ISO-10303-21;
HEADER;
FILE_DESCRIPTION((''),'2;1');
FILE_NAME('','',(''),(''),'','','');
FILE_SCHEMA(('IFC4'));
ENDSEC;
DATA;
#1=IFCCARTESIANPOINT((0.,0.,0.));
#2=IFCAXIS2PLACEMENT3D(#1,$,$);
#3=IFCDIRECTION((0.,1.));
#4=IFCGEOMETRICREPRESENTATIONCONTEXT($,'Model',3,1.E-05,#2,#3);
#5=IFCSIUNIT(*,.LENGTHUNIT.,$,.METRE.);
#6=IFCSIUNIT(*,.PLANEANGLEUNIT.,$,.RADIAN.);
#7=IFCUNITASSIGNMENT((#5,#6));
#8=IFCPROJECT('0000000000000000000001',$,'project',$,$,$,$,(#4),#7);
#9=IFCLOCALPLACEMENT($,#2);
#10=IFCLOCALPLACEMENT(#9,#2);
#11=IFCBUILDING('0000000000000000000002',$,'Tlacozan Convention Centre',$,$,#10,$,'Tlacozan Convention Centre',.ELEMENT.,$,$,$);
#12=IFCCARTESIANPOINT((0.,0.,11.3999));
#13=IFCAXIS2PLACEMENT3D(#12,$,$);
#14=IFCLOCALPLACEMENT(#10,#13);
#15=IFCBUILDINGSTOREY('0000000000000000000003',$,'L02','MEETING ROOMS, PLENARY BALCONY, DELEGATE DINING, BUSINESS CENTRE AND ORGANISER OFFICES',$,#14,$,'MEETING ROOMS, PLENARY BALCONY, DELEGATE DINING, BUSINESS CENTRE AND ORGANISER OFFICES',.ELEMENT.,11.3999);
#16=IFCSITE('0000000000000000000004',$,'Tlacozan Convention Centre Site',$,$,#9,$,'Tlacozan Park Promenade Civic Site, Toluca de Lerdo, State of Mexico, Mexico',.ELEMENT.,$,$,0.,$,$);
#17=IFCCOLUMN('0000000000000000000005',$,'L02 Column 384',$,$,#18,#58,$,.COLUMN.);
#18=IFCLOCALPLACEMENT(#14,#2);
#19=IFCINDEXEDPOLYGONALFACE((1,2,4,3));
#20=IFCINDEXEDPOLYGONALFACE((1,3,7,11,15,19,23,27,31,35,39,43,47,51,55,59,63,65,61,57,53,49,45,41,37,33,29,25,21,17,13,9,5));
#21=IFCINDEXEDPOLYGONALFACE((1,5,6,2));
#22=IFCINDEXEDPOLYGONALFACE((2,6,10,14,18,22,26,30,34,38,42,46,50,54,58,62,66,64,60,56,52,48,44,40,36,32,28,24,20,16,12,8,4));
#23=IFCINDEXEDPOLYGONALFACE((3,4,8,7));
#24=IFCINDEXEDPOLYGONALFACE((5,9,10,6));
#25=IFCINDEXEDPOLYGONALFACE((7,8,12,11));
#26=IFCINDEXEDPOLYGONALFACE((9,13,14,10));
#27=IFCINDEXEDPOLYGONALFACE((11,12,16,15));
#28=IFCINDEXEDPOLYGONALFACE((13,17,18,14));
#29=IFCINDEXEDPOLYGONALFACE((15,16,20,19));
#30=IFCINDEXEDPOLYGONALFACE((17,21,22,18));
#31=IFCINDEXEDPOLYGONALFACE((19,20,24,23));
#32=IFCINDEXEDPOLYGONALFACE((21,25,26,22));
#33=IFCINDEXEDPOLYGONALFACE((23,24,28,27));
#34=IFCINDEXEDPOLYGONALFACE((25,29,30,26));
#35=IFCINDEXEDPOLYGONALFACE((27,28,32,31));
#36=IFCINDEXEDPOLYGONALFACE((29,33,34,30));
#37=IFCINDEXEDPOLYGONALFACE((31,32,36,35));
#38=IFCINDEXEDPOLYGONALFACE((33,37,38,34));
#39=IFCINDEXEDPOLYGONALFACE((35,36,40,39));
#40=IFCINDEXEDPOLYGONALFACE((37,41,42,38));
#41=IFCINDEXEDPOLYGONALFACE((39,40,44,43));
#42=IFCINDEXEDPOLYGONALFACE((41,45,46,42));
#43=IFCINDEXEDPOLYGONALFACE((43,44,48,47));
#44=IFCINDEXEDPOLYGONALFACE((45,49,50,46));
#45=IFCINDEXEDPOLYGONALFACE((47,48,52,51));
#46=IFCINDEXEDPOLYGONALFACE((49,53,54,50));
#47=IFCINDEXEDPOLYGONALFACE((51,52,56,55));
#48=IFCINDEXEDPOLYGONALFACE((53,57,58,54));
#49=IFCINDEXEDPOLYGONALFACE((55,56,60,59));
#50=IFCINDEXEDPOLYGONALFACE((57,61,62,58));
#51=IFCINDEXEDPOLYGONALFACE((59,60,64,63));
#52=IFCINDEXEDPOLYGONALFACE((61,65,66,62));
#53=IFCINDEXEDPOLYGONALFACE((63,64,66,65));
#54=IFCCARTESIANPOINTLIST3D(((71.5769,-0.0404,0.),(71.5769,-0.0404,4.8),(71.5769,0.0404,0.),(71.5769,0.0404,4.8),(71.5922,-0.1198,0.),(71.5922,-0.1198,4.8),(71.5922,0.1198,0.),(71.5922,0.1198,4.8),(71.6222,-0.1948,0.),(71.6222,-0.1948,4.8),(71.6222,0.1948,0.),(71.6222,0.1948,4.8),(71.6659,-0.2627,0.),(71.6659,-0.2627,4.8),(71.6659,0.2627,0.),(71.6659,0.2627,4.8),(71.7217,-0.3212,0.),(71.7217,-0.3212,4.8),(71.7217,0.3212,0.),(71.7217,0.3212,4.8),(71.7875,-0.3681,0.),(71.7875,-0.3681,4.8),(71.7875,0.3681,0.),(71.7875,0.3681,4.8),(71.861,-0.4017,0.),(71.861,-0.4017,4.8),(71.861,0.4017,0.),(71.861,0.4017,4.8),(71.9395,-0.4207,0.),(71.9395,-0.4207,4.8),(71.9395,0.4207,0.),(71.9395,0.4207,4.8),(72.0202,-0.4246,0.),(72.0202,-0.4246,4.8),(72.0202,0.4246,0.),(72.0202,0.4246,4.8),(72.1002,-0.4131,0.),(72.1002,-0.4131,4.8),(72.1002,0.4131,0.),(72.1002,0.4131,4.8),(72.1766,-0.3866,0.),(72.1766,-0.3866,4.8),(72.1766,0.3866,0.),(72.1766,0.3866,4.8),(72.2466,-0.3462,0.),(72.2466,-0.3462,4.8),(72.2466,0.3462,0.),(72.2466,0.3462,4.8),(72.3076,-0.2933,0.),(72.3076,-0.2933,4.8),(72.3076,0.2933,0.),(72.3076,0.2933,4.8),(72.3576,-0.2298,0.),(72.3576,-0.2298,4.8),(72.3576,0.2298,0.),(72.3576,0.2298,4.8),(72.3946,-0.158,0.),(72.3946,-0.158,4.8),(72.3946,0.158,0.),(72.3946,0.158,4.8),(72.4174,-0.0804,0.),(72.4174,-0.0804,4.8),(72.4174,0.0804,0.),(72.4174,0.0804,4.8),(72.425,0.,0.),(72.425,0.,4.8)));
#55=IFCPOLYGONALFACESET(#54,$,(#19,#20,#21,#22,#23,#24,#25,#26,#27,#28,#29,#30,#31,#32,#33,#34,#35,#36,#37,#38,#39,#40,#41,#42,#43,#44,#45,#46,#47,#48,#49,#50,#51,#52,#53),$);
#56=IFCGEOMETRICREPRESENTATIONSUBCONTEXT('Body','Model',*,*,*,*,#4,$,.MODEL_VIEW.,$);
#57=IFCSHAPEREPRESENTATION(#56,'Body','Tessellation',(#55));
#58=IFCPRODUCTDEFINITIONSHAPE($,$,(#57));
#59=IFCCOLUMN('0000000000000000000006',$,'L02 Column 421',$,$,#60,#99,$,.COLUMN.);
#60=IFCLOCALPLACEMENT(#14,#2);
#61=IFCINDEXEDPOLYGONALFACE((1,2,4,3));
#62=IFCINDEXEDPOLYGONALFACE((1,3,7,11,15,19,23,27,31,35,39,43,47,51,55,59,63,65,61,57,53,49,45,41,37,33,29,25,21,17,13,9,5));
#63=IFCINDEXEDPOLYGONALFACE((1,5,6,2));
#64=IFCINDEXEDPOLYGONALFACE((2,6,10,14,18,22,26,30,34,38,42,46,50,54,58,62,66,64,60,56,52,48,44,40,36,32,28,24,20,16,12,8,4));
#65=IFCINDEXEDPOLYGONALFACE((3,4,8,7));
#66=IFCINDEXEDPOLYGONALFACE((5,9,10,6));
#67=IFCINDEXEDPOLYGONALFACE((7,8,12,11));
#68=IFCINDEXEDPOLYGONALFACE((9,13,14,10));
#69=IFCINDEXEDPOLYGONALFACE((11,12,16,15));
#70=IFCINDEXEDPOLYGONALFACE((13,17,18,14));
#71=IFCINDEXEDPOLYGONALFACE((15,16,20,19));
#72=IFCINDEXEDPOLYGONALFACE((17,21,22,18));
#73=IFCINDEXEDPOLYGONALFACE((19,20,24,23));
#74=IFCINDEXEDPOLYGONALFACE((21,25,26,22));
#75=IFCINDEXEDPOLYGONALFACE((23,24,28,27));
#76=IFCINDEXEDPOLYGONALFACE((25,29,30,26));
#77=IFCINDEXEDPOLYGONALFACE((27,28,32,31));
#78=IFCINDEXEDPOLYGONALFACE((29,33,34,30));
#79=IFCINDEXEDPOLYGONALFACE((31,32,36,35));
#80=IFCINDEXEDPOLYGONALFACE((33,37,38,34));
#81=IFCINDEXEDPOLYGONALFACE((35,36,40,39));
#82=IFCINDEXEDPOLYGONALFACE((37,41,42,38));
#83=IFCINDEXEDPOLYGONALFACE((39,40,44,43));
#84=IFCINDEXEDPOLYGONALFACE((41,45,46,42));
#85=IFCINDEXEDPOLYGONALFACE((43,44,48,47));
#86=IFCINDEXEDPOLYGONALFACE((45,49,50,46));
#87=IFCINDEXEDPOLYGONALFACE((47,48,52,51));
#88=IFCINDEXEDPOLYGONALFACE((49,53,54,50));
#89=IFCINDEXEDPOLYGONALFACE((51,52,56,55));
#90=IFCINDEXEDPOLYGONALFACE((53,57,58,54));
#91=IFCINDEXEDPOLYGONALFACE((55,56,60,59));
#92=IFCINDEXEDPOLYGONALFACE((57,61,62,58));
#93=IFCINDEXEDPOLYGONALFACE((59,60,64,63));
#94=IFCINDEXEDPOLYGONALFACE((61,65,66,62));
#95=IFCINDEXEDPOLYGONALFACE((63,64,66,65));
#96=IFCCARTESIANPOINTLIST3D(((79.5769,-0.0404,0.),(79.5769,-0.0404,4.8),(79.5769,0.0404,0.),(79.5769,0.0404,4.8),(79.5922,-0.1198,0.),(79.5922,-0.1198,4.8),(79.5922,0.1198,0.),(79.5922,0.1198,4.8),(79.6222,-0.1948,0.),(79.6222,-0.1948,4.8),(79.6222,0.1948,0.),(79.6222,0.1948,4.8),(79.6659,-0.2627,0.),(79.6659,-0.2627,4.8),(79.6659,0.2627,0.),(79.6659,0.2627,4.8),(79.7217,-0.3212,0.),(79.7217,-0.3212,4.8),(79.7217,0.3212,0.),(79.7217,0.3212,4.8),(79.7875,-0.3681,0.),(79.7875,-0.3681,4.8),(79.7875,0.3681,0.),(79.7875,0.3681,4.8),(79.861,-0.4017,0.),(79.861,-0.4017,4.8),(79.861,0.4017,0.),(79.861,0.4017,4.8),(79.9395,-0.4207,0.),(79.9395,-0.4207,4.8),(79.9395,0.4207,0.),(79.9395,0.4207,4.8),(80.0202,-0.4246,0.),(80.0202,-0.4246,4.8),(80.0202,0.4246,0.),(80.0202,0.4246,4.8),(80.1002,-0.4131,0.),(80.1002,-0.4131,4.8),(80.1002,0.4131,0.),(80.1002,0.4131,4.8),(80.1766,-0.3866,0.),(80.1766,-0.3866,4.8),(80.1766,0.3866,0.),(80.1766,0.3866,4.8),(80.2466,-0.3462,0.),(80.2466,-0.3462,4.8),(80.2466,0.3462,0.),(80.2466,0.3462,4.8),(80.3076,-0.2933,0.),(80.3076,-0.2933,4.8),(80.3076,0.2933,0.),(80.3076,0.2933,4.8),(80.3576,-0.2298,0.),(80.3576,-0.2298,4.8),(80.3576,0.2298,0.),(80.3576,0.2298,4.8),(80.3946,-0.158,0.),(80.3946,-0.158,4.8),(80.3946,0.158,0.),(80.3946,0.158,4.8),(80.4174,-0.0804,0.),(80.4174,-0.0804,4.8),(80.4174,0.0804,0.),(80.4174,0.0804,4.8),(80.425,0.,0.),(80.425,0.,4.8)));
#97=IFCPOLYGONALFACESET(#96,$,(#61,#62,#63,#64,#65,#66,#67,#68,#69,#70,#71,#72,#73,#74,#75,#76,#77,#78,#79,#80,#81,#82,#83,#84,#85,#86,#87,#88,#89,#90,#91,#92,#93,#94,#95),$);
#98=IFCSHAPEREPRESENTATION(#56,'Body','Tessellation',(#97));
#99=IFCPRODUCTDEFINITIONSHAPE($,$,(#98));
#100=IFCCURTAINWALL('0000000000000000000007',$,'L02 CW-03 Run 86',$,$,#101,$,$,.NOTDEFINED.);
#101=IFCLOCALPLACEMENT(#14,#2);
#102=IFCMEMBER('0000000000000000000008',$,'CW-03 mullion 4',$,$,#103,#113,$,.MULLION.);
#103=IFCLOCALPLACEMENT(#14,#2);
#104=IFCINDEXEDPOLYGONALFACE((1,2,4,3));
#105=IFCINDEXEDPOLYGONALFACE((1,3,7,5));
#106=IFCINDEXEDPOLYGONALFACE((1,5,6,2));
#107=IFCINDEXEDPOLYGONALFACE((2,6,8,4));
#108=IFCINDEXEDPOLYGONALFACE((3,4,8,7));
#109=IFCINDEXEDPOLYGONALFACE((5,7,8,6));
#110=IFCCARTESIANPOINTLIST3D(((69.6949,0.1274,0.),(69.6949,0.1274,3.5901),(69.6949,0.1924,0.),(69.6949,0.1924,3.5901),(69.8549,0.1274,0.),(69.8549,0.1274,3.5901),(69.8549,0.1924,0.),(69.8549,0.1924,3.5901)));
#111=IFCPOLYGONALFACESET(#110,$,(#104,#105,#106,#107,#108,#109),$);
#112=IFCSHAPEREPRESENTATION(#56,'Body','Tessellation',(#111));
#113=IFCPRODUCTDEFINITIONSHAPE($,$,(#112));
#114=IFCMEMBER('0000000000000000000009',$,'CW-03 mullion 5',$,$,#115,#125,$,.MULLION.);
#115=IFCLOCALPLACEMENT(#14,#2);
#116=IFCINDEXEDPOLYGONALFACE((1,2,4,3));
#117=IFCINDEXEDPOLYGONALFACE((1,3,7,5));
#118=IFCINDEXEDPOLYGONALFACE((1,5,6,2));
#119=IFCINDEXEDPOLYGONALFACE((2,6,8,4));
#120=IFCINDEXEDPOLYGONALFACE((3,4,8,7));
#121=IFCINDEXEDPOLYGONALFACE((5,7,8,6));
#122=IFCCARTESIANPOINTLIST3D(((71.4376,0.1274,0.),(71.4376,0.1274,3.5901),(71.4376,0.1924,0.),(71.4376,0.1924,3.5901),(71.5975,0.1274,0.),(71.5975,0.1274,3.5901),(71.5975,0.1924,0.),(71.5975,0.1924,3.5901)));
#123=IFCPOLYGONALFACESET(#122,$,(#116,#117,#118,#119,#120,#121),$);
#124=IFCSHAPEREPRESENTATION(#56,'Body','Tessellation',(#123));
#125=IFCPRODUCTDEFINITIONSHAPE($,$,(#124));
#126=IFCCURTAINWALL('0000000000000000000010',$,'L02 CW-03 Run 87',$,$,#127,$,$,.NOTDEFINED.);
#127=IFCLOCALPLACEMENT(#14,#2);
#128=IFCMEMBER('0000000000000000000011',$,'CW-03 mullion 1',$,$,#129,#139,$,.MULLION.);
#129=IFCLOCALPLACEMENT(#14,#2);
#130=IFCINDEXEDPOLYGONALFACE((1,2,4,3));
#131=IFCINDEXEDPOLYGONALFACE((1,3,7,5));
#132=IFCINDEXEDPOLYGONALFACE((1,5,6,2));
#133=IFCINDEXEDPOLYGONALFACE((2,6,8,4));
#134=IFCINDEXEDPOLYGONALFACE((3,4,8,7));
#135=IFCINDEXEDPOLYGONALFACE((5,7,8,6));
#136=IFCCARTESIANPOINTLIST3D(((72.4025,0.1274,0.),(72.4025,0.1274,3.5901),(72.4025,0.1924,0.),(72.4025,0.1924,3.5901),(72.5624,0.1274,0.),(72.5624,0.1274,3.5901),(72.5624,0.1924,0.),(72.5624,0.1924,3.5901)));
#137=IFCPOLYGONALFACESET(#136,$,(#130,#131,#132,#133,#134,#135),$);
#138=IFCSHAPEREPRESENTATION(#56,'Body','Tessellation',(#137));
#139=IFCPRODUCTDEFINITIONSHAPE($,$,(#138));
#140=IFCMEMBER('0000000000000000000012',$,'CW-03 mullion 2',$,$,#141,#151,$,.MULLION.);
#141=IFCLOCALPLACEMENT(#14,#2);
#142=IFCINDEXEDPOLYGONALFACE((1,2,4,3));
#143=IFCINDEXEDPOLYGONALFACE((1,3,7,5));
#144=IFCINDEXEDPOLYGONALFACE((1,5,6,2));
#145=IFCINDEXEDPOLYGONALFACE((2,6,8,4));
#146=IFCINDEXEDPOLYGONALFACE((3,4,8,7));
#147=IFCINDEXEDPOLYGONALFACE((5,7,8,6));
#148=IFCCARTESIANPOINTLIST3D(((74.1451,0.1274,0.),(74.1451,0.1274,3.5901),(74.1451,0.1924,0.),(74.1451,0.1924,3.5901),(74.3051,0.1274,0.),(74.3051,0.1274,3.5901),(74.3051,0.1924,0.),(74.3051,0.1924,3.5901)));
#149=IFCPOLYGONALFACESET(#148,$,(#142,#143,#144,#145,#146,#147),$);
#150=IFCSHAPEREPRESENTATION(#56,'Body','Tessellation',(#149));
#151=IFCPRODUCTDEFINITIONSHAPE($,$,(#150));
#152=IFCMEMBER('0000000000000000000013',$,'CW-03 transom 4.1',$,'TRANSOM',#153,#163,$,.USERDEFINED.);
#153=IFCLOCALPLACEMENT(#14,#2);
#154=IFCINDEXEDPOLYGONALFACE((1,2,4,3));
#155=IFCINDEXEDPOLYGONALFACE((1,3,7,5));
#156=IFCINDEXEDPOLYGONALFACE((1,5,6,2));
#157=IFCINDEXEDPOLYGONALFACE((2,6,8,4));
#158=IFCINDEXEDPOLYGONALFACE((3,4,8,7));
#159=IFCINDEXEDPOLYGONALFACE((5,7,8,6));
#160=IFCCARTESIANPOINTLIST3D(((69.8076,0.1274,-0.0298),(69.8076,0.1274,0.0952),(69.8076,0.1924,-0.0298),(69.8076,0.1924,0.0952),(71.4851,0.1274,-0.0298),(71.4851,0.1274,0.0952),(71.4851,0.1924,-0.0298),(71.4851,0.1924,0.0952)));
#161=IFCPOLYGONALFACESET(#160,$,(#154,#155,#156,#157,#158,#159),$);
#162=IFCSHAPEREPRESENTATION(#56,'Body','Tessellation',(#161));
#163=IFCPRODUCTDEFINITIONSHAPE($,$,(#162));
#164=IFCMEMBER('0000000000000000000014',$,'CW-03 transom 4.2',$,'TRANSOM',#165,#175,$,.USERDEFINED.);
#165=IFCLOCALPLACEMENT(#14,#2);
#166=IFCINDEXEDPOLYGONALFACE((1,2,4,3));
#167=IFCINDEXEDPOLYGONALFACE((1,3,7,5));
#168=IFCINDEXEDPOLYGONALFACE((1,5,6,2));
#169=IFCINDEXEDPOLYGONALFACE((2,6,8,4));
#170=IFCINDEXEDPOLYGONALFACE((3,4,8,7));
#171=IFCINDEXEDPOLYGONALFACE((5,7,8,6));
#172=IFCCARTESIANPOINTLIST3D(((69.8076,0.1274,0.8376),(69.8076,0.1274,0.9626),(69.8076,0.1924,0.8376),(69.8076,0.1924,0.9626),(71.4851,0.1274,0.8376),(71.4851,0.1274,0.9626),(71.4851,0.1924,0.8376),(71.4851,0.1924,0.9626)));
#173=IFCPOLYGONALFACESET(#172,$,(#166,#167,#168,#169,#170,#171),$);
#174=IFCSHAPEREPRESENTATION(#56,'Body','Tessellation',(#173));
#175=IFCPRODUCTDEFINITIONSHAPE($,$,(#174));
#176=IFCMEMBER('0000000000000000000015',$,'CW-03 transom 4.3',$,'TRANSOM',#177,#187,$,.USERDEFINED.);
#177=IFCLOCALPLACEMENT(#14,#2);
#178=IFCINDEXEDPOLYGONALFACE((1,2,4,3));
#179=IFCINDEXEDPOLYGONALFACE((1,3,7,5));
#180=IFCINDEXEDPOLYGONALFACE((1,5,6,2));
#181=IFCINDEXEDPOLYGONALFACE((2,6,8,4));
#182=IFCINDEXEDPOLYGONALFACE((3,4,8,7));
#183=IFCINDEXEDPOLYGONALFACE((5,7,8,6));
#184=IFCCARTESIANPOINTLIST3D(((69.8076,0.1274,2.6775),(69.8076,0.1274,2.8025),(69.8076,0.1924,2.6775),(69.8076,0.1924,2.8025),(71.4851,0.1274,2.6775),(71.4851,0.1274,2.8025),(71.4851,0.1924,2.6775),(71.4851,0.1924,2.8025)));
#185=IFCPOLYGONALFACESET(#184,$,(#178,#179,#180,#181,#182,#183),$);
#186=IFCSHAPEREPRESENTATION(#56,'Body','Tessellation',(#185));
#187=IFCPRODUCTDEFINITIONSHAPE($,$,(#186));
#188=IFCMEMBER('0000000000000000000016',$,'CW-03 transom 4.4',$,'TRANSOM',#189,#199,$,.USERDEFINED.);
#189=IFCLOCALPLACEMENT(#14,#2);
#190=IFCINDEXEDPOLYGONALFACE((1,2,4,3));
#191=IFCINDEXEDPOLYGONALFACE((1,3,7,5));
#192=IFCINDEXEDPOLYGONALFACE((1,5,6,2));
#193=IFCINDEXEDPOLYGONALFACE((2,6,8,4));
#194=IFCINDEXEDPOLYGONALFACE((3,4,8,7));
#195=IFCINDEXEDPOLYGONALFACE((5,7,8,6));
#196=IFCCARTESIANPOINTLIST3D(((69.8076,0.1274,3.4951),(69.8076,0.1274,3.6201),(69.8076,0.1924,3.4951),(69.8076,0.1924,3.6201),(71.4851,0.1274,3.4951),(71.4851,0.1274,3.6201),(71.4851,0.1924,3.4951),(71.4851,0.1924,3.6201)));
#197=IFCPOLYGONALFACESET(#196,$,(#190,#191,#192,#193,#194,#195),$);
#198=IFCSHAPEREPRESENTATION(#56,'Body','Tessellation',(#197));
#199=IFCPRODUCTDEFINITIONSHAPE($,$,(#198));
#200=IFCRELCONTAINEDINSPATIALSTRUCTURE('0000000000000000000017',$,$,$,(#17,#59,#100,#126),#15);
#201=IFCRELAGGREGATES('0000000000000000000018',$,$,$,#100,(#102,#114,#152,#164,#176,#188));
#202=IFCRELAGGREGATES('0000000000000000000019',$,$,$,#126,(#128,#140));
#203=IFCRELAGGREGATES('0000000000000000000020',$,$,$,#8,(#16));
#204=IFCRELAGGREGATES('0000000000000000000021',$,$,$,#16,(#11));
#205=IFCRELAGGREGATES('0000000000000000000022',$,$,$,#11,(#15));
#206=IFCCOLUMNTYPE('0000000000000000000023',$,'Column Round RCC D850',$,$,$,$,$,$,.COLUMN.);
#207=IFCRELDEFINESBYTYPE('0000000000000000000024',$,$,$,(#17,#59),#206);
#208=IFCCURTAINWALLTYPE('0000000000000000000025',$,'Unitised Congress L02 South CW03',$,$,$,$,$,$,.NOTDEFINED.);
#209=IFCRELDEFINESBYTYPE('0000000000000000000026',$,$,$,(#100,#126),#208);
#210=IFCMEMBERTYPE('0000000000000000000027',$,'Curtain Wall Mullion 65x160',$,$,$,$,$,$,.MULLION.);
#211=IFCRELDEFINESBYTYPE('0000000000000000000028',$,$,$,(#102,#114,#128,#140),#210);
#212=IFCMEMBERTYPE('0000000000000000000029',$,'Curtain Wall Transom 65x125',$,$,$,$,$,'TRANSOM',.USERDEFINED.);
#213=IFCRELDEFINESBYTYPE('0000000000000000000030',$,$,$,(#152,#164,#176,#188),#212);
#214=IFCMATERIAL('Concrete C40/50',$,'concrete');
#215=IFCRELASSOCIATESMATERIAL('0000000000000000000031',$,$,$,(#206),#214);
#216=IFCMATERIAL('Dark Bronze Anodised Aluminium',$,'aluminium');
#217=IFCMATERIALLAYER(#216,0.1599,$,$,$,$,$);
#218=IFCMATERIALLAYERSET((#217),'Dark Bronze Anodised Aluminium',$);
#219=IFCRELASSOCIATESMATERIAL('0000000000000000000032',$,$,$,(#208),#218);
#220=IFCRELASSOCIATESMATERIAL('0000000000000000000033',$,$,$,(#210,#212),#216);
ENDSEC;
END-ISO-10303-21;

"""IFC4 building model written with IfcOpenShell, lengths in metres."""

from ifc_helpers import new_model, si_unit, direction, frame, origin, origin_2d, place, context, subcontext, project, spatial, rectangle, circle, extrude, material, layer, layer_set, material_profile, profile_set, type_object, element, aggregate, save


model = new_model("IFC4")

# Units and contexts
model_context = context("Model", 3, precision=1e-05, world=origin(), true_north=direction((0.0, 1.0)))
body_context = subcontext(model_context, "Body", "Model", "MODEL_VIEW")
ifc_project = project(units=[si_unit("LENGTHUNIT", "METRE"), si_unit("PLANEANGLEUNIT", "RADIAN")], contexts=[model_context])

# Site, building, storey
site_placement = place(None, origin())
site = spatial("IfcSite", under=ifc_project, at=site_placement, Name="Tlacozan Convention Centre Site", LongName="Tlacozan Park Promenade Civic Site, Toluca de Lerdo, State of Mexico, Mexico", CompositionType="ELEMENT", RefElevation=0.0)
building_placement = place(site_placement, origin())
building = spatial("IfcBuilding", under=site, at=building_placement, Name="Tlacozan Convention Centre", LongName="Tlacozan Convention Centre", CompositionType="ELEMENT")
storey_placement = place(building_placement, frame((0.0, 0.0, 11.3999)))
storey = spatial("IfcBuildingStorey", under=building, at=storey_placement, Name="L02", Description="MEETING ROOMS, PLENARY BALCONY, DELEGATE DINING, BUSINESS CENTRE AND ORGANISER OFFICES", LongName="MEETING ROOMS, PLENARY BALCONY, DELEGATE DINING, BUSINESS CENTRE AND ORGANISER OFFICES", CompositionType="ELEMENT", Elevation=11.3999)

# Columns
ifc_material_1 = material(Name="Concrete C40/50", Category="concrete")
ifc_material_profile_1 = material_profile(ifc_material_1, circle(Radius=0.425, at=origin_2d()), Name="RCC D850")
ifc_profile_set_1 = profile_set([ifc_material_profile_1], Name="Concrete C40/50")
column_type = type_object("IfcColumnType", Name="Column Round RCC D850", PredefinedType="COLUMN", material=ifc_profile_set_1)
for number, where, z_axis, x_axis, name in (
    (1, (72.0, 0.0, 0.0), (0.0, 0.0, 1.0), (1.0, 0.0, 0.0), "L02 Column 384"),
    (2, (80.0, 0.0, 0.0), (0.0, 0.0, 1.0), (1.0, 0.0, 0.0), "L02 Column 421"),
):
    element("IfcColumn", number, at=place(storey_placement, frame(where, z_axis=z_axis, x_axis=x_axis)), inside=storey, type_object=column_type, Name=name, PredefinedType="COLUMN", context=body_context, shape_type="SweptSolid", body=[
        extrude(circle(Radius=0.425, at=origin_2d()), origin(), (0.0, 0.0, 1.0), 4.8),
    ])

# Curtain walls, members
ifc_material_2 = material(Name="Dark Bronze Anodised Aluminium", Category="aluminium")
ifc_layer_1 = layer(ifc_material_2, 0.1599)
ifc_layer_set_1 = layer_set([ifc_layer_1], Name="Dark Bronze Anodised Aluminium")
curtain_wall_type = type_object("IfcCurtainWallType", Name="Unitised Congress L02 South CW03", PredefinedType="NOTDEFINED", material=ifc_layer_set_1)
curtain_wall_1_placement = place(storey_placement, origin())
curtain_wall_1 = element("IfcCurtainWall", 3, at=curtain_wall_1_placement, inside=storey, type_object=curtain_wall_type, Name="L02 CW-03 Run 86", PredefinedType="NOTDEFINED")
ifc_material_profile_2 = material_profile(ifc_material_2, rectangle(XDim=0.0649, YDim=0.1599, at=origin_2d()), Name="ALU 65x160")
ifc_profile_set_2 = profile_set([ifc_material_profile_2], Name="Dark Bronze Anodised Aluminium")
member_type_1 = type_object("IfcMemberType", Name="Curtain Wall Mullion 65x160", PredefinedType="MULLION", material=ifc_profile_set_2)
member_1_placement = place(storey_placement, frame((69.7749, 0.1599, 0.0), z_axis=(0.0, 0.0, 1.0), x_axis=(0.0, 1.0, 0.0)))
member_1 = element("IfcMember", 4, at=member_1_placement, type_object=member_type_1, Name="CW-03 mullion 4", PredefinedType="MULLION", context=body_context, shape_type="SweptSolid", body=[
    extrude(rectangle(XDim=0.0649, YDim=0.1599, at=origin_2d()), origin(), (0.0, 0.0, 1.0), 3.5901),
])
member_2_placement = place(storey_placement, frame((71.5176, 0.1599, 0.0), z_axis=(0.0, 0.0, 1.0), x_axis=(0.0, 1.0, 0.0)))
member_2 = element("IfcMember", 5, at=member_2_placement, type_object=member_type_1, Name="CW-03 mullion 5", PredefinedType="MULLION", context=body_context, shape_type="SweptSolid", body=[
    extrude(rectangle(XDim=0.0649, YDim=0.1599, at=origin_2d()), origin(), (0.0, 0.0, 1.0), 3.5901),
])
curtain_wall_2_placement = place(storey_placement, origin())
curtain_wall_2 = element("IfcCurtainWall", 6, at=curtain_wall_2_placement, inside=storey, type_object=curtain_wall_type, Name="L02 CW-03 Run 87", PredefinedType="NOTDEFINED")
member_3_placement = place(storey_placement, frame((72.4824, 0.1599, 0.0), z_axis=(0.0, 0.0, 1.0), x_axis=(0.0, 1.0, 0.0)))
member_3 = element("IfcMember", 7, at=member_3_placement, type_object=member_type_1, Name="CW-03 mullion 1", PredefinedType="MULLION", context=body_context, shape_type="SweptSolid", body=[
    extrude(rectangle(XDim=0.0649, YDim=0.1599, at=origin_2d()), origin(), (0.0, 0.0, 1.0), 3.5901),
])
member_4_placement = place(storey_placement, frame((74.2251, 0.1599, 0.0), z_axis=(0.0, 0.0, 1.0), x_axis=(0.0, 1.0, 0.0)))
member_4 = element("IfcMember", 8, at=member_4_placement, type_object=member_type_1, Name="CW-03 mullion 2", PredefinedType="MULLION", context=body_context, shape_type="SweptSolid", body=[
    extrude(rectangle(XDim=0.0649, YDim=0.1599, at=origin_2d()), origin(), (0.0, 0.0, 1.0), 3.5901),
])

# Members
ifc_material_profile_3 = material_profile(ifc_material_2, rectangle(XDim=0.0649, YDim=0.125, at=origin_2d()), Name="ALU 65x125")
ifc_profile_set_3 = profile_set([ifc_material_profile_3], Name="Dark Bronze Anodised Aluminium")
member_type_2 = type_object("IfcMemberType", Name="Curtain Wall Transom 65x125", ElementType="TRANSOM", PredefinedType="USERDEFINED", material=ifc_profile_set_3)
member_5_placement = place(storey_placement, frame((69.8076, 0.1599, 0.0327), z_axis=(1.0, 0.0, 0.0), x_axis=(0.0, 1.0, 0.0)))
member_5 = element("IfcMember", 9, at=member_5_placement, type_object=member_type_2, Name="CW-03 transom 4.1", ObjectType="TRANSOM", PredefinedType="USERDEFINED", context=body_context, shape_type="SweptSolid", body=[
    extrude(rectangle(XDim=0.0649, YDim=0.125, at=origin_2d()), origin(), (0.0, 0.0, 1.0), 1.6775),
])
member_6_placement = place(storey_placement, frame((69.8076, 0.1599, 0.9001), z_axis=(1.0, 0.0, 0.0), x_axis=(0.0, 1.0, 0.0)))
member_6 = element("IfcMember", 10, at=member_6_placement, type_object=member_type_2, Name="CW-03 transom 4.2", ObjectType="TRANSOM", PredefinedType="USERDEFINED", context=body_context, shape_type="SweptSolid", body=[
    extrude(rectangle(XDim=0.0649, YDim=0.125, at=origin_2d()), origin(), (0.0, 0.0, 1.0), 1.6775),
])
member_7_placement = place(storey_placement, frame((69.8076, 0.1599, 2.74), z_axis=(1.0, 0.0, 0.0), x_axis=(0.0, 1.0, 0.0)))
member_7 = element("IfcMember", 11, at=member_7_placement, type_object=member_type_2, Name="CW-03 transom 4.3", ObjectType="TRANSOM", PredefinedType="USERDEFINED", context=body_context, shape_type="SweptSolid", body=[
    extrude(rectangle(XDim=0.0649, YDim=0.125, at=origin_2d()), origin(), (0.0, 0.0, 1.0), 1.6775),
])
member_8_placement = place(storey_placement, frame((69.8076, 0.1599, 3.5576), z_axis=(1.0, 0.0, 0.0), x_axis=(0.0, 1.0, 0.0)))
member_8 = element("IfcMember", 12, at=member_8_placement, type_object=member_type_2, Name="CW-03 transom 4.4", ObjectType="TRANSOM", PredefinedType="USERDEFINED", context=body_context, shape_type="SweptSolid", body=[
    extrude(rectangle(XDim=0.0649, YDim=0.125, at=origin_2d()), origin(), (0.0, 0.0, 1.0), 1.6775),
])

aggregate(curtain_wall_1, [member_1, member_2, member_5, member_6, member_7, member_8])
aggregate(curtain_wall_2, [member_3, member_4])

save(model, "model.ifc")
